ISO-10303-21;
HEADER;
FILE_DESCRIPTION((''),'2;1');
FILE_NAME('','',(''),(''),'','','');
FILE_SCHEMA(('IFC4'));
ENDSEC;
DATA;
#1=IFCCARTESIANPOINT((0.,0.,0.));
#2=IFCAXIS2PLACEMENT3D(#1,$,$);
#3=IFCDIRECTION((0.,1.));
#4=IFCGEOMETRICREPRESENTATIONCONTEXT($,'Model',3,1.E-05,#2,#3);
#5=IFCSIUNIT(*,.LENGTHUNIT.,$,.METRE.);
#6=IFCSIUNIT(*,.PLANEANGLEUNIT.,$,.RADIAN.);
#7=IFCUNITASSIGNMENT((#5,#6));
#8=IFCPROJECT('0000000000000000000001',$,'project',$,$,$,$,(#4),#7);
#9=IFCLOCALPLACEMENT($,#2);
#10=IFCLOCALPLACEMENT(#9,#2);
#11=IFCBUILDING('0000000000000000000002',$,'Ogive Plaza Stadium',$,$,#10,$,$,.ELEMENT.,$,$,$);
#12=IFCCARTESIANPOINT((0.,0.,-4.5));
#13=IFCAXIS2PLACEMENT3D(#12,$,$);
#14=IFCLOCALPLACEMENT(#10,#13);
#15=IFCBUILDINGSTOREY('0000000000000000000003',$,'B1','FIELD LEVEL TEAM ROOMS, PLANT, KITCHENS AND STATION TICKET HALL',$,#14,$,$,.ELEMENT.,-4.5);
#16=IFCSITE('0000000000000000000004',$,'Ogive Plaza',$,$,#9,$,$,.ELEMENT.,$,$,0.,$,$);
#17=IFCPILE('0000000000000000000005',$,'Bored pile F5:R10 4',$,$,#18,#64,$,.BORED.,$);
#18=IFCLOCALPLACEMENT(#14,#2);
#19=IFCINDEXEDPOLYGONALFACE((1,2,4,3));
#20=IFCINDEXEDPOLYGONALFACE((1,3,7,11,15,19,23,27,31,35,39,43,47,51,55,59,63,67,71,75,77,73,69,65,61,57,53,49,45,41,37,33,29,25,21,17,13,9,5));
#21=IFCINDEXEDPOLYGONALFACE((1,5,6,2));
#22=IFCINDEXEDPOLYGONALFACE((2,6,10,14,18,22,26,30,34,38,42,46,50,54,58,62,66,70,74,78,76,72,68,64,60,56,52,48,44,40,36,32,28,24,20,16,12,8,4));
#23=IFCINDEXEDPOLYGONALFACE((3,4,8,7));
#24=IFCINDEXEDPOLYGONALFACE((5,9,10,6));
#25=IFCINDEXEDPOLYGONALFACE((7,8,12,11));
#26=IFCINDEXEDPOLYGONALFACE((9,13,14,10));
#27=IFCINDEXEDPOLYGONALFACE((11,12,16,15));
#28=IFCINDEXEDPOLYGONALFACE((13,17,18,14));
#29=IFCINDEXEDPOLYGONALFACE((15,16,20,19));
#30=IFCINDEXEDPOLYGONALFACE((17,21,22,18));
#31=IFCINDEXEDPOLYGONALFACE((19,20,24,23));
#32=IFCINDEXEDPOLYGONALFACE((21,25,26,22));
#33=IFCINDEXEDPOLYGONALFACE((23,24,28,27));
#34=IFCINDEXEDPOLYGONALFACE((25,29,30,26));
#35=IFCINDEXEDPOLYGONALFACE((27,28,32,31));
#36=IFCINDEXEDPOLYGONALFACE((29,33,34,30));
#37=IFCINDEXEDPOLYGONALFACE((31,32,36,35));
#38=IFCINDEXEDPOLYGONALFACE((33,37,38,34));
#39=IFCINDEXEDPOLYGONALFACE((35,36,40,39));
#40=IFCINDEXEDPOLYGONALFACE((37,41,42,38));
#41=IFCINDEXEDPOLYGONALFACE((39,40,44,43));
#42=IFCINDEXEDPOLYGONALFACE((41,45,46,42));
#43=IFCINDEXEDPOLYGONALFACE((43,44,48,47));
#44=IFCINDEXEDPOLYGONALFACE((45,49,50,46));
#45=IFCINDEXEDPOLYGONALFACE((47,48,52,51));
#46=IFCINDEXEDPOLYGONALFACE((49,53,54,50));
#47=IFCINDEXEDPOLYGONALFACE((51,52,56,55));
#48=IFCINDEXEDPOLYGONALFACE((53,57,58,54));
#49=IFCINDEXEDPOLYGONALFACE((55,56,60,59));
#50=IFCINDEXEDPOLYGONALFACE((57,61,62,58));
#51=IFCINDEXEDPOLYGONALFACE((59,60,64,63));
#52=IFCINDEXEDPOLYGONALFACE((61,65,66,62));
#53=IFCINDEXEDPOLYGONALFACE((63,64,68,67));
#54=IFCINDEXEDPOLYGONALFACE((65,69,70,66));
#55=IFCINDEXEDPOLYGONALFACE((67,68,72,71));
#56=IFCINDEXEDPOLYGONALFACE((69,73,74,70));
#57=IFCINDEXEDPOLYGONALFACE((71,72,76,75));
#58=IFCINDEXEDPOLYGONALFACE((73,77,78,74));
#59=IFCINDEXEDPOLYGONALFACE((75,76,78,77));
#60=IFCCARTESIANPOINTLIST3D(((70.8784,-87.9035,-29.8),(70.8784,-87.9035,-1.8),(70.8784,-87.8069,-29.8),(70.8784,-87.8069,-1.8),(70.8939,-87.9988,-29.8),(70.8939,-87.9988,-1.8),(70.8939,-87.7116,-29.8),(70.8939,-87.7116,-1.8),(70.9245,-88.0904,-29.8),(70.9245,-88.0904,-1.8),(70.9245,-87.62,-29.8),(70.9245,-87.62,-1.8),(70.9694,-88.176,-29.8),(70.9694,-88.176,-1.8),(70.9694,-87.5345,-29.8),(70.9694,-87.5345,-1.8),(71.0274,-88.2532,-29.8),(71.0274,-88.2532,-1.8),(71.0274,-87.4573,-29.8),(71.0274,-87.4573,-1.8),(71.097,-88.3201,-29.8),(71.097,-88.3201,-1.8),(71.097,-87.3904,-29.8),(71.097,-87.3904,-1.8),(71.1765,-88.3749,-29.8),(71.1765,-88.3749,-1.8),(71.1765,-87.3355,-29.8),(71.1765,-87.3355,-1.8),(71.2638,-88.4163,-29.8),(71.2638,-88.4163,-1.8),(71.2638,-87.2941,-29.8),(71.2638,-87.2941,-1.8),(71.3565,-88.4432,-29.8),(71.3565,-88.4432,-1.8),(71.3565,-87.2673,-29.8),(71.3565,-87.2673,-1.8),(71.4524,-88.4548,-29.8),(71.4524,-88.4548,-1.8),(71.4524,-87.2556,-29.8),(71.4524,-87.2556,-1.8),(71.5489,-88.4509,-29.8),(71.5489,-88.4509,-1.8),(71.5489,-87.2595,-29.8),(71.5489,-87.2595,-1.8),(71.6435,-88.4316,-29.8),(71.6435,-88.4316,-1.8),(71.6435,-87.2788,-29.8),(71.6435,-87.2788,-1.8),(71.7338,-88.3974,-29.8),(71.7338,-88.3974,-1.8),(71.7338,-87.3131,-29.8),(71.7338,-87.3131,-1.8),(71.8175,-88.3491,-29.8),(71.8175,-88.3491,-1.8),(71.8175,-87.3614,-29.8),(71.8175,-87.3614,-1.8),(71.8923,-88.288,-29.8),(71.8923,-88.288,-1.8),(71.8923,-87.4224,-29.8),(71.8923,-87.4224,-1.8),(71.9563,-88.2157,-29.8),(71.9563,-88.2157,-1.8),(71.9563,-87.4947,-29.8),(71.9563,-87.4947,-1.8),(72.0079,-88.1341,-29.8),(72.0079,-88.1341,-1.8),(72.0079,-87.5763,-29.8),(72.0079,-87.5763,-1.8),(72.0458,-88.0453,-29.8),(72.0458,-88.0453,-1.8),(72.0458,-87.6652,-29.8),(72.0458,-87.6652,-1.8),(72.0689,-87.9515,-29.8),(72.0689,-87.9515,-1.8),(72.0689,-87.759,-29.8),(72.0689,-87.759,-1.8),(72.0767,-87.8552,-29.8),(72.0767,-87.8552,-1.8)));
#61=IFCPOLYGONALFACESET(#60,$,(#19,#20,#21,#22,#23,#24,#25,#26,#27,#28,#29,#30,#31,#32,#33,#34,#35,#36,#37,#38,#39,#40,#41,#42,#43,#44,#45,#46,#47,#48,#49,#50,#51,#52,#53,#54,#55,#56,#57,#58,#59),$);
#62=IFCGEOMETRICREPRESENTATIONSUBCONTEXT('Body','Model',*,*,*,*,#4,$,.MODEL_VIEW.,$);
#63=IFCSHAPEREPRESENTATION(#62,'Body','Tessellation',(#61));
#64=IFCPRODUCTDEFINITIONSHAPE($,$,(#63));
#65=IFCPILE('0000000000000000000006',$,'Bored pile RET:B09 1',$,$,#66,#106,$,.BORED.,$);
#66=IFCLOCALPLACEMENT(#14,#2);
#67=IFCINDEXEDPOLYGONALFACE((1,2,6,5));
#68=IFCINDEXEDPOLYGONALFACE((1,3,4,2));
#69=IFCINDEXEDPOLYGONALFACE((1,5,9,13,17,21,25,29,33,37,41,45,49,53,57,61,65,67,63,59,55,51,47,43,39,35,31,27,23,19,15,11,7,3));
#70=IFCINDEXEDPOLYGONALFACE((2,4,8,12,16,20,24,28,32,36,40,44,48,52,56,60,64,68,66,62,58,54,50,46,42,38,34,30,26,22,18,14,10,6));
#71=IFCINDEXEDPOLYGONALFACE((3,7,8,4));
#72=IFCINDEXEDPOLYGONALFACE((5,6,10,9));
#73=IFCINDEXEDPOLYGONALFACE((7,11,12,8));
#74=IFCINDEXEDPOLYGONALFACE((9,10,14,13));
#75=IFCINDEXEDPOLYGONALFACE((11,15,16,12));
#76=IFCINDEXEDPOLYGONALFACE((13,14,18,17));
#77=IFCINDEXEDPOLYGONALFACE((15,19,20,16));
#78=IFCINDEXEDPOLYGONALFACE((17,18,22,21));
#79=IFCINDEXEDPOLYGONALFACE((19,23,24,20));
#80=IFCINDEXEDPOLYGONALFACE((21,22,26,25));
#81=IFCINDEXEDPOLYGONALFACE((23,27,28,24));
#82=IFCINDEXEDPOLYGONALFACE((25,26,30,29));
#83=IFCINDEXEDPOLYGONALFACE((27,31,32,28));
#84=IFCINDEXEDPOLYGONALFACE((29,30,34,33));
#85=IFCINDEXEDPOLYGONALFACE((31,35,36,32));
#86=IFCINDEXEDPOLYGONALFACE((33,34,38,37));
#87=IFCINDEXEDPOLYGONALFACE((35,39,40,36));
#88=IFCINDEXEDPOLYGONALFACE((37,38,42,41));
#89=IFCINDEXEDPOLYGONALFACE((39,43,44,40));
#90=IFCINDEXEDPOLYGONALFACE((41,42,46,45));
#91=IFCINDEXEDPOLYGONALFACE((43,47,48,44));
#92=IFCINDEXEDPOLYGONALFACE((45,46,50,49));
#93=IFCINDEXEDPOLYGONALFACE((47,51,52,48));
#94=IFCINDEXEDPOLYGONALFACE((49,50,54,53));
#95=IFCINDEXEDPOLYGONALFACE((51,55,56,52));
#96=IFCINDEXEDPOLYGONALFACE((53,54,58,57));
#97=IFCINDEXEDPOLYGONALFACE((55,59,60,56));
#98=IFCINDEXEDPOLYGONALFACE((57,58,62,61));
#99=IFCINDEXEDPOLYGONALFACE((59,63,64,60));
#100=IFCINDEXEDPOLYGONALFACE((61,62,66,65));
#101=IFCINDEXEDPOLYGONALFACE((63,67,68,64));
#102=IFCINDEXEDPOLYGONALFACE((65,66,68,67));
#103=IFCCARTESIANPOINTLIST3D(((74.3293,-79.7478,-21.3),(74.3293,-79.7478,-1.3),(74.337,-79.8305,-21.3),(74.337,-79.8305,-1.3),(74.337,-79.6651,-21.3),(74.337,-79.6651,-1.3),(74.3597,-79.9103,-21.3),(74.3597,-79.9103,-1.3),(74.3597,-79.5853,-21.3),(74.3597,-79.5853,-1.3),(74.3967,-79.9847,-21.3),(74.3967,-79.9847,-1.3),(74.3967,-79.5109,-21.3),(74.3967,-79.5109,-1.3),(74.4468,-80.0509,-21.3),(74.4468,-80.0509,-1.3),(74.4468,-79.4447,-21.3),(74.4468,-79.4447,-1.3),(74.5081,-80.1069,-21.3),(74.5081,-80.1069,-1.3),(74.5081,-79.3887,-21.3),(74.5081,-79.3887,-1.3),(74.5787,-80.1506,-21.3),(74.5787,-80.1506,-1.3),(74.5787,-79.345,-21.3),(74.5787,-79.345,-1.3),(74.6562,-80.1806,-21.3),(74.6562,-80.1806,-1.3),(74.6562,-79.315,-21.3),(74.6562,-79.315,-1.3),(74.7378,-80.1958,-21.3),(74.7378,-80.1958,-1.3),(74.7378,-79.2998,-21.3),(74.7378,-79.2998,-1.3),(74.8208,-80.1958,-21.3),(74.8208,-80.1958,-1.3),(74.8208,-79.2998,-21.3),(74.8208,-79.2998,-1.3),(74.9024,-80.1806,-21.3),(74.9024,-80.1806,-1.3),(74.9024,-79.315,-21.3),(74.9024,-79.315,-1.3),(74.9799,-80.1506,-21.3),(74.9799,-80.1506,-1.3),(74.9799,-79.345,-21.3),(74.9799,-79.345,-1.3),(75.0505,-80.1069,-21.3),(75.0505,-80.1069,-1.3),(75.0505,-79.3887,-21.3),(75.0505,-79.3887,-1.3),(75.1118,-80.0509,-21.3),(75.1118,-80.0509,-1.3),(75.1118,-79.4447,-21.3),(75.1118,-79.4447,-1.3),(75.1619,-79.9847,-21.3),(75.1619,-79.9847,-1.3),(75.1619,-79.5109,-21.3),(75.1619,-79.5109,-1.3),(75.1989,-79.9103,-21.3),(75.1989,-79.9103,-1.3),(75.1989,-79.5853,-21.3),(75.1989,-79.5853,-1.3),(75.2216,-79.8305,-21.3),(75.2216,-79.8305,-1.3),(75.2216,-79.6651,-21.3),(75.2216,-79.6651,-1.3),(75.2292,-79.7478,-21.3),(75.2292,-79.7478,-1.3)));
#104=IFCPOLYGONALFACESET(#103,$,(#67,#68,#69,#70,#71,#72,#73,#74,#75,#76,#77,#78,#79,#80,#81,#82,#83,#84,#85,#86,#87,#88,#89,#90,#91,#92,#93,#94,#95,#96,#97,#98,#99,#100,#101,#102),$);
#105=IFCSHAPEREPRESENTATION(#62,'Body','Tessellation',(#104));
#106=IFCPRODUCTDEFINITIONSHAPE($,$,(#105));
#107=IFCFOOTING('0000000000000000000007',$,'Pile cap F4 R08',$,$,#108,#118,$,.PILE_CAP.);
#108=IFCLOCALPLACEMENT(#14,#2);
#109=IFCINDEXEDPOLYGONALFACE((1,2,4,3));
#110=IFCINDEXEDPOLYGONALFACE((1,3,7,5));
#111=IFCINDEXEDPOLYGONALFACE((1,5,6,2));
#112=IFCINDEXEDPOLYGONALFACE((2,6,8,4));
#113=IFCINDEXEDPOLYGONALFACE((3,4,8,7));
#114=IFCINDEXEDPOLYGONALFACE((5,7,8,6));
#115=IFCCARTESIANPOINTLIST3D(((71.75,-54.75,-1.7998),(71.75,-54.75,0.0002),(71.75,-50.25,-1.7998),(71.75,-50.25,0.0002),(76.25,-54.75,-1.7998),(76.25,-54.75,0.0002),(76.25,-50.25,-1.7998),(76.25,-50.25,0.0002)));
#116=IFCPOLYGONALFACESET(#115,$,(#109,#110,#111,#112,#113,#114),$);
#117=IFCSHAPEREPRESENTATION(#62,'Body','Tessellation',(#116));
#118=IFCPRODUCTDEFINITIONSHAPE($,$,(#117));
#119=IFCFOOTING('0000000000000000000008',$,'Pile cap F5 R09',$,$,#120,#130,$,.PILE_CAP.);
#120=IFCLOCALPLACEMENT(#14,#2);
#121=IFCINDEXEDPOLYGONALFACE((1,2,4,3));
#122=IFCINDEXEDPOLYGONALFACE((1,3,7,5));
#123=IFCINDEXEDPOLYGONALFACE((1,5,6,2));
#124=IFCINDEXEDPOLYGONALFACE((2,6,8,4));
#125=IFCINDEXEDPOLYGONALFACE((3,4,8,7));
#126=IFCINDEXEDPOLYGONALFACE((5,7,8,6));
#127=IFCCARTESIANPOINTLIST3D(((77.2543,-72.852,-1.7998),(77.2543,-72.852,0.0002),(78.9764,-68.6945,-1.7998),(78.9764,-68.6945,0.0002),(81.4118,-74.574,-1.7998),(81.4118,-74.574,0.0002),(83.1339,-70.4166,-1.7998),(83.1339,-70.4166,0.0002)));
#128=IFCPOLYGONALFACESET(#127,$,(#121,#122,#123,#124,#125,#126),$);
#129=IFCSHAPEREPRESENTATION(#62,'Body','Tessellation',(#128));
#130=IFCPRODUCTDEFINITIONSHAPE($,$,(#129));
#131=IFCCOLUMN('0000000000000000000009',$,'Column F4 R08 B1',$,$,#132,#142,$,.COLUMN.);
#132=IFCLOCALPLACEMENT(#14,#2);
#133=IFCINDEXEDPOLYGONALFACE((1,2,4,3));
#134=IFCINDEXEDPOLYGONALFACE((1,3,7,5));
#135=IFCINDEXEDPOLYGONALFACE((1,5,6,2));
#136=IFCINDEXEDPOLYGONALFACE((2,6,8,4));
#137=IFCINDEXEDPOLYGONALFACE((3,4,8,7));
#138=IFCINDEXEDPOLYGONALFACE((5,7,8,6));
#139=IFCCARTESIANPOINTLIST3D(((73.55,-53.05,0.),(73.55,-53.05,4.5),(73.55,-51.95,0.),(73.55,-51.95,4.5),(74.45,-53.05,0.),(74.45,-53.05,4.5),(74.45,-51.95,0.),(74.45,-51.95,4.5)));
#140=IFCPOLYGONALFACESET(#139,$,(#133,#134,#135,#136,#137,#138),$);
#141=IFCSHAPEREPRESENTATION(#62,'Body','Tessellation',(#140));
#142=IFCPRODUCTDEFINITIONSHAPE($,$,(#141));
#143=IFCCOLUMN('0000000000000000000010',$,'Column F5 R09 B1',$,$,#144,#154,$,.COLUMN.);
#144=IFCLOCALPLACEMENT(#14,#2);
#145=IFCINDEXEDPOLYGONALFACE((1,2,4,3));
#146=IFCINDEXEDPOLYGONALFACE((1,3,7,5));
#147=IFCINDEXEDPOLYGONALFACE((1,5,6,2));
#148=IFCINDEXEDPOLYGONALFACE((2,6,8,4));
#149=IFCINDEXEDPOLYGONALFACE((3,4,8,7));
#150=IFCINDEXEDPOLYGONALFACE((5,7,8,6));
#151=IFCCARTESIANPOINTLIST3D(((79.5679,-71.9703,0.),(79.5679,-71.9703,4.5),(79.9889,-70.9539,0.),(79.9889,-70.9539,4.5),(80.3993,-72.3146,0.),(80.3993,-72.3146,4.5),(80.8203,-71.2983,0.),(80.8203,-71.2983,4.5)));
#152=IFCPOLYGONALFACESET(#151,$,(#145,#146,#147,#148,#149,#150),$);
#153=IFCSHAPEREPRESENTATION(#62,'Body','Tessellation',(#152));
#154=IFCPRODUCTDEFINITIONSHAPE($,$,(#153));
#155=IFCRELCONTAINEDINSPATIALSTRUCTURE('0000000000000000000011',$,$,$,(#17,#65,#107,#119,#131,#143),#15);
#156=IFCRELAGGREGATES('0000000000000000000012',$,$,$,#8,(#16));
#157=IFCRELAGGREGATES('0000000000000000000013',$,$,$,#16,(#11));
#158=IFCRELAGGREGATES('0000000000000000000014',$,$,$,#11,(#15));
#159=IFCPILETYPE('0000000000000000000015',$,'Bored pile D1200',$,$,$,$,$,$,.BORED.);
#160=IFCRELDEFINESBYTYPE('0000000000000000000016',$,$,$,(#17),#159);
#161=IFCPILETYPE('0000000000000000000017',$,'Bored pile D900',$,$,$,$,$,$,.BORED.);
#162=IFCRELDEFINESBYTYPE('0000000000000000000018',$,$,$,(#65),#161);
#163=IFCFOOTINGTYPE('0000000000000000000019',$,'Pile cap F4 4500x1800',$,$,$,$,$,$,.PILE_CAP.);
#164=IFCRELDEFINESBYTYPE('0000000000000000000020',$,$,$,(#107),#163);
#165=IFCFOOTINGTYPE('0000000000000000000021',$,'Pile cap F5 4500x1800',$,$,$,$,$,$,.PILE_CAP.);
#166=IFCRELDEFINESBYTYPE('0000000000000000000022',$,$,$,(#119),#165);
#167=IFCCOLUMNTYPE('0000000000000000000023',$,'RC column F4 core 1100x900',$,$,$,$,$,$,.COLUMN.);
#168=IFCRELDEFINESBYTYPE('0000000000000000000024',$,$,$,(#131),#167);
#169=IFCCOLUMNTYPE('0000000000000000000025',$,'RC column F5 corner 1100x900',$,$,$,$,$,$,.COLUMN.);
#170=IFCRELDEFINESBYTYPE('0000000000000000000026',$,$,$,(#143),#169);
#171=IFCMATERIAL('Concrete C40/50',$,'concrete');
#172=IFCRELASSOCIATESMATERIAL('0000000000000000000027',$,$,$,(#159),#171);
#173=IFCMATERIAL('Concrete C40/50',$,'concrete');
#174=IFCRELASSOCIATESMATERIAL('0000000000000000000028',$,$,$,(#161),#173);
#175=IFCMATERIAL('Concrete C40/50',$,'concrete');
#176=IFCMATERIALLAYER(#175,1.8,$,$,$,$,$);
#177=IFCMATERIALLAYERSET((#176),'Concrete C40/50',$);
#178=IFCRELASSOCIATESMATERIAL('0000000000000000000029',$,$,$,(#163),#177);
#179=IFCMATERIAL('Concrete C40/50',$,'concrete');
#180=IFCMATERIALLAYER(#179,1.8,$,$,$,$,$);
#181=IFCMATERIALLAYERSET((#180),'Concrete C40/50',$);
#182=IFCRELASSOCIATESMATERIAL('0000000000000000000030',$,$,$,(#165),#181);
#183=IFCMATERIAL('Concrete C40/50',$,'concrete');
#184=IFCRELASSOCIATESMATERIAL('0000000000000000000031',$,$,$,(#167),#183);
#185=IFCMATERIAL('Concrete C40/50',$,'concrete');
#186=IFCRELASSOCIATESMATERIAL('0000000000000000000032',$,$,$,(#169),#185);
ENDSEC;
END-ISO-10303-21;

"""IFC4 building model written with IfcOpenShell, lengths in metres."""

from ifc_helpers import new_model, si_unit, direction, frame, origin, origin_2d, place, context, subcontext, project, spatial, rectangle, circle, extrude, material, layer, layer_set, material_profile, profile_set, type_object, element, save


model = new_model("IFC4")

# Units and contexts
model_context = context("Model", 3, precision=1e-05, world=origin(), true_north=direction((0.0, 1.0)))
body_context = subcontext(model_context, "Body", "Model", "MODEL_VIEW")
ifc_project = project(units=[si_unit("LENGTHUNIT", "METRE"), si_unit("PLANEANGLEUNIT", "RADIAN")], contexts=[model_context])

# Site, building, storey
site_placement = place(None, origin())
site = spatial("IfcSite", under=ifc_project, at=site_placement, Name="Ogive Plaza", CompositionType="ELEMENT", RefElevation=0.0)
building_placement = place(site_placement, origin())
building = spatial("IfcBuilding", under=site, at=building_placement, Name="Ogive Plaza Stadium", CompositionType="ELEMENT")
storey_placement = place(building_placement, frame((0.0, 0.0, -4.5)))
storey = spatial("IfcBuildingStorey", under=building, at=storey_placement, Name="B1", Description="FIELD LEVEL TEAM ROOMS, PLANT, KITCHENS AND STATION TICKET HALL", CompositionType="ELEMENT", Elevation=-4.5)

# Piles
ifc_material_1 = material(Name="Concrete C40/50", Category="concrete")
ifc_material_profile_1 = material_profile(ifc_material_1, circle(Radius=0.6001, at=origin_2d()), Name="RC D1200")
ifc_profile_set_1 = profile_set([ifc_material_profile_1], Name="Concrete C40/50")
pile_type_1 = type_object("IfcPileType", Name="Bored pile D1200", PredefinedType="BORED", material=ifc_profile_set_1)
for number, where, z_axis, x_axis, name in (
    (1, (71.4766, -87.8552, -1.8), (0.0, 0.0, -1.0), (1.0, 0.0, 0.0), "Bored pile F5:R10 4"),
):
    element("IfcPile", number, at=place(storey_placement, frame(where, z_axis=z_axis, x_axis=x_axis)), inside=storey, type_object=pile_type_1, Name=name, PredefinedType="BORED", context=body_context, shape_type="SweptSolid", body=[
        extrude(circle(Radius=0.6001, at=origin_2d()), origin(), (0.0, 0.0, 1.0), 28.0),
    ])
ifc_material_2 = material(Name="Concrete C40/50", Category="concrete")
ifc_material_profile_2 = material_profile(ifc_material_2, circle(Radius=0.45, at=origin_2d()), Name="RC D900")
ifc_profile_set_2 = profile_set([ifc_material_profile_2], Name="Concrete C40/50")
pile_type_2 = type_object("IfcPileType", Name="Bored pile D900", PredefinedType="BORED", material=ifc_profile_set_2)
pile_placement = place(storey_placement, frame((74.7793, -79.7478, -1.3), z_axis=(0.0, 0.0, -1.0), x_axis=(1.0, 0.0, 0.0)))
element("IfcPile", 2, at=pile_placement, inside=storey, type_object=pile_type_2, Name="Bored pile RET:B09 1", PredefinedType="BORED", context=body_context, shape_type="SweptSolid", body=[
    extrude(circle(Radius=0.45, at=origin_2d()), origin(), (0.0, 0.0, 1.0), 20.0),
])

# Footings
ifc_material_3 = material(Name="Concrete C40/50", Category="concrete")
ifc_layer_1 = layer(ifc_material_3, 1.8)
ifc_layer_set_1 = layer_set([ifc_layer_1], Name="Concrete C40/50")
footing_type_1 = type_object("IfcFootingType", Name="Pile cap F4 4500x1800", PredefinedType="PILE_CAP", material=ifc_layer_set_1)
footing_1_placement = place(storey_placement, frame((74.0, -52.5, -1.7998), z_axis=(0.0, 0.0, 1.0), x_axis=(1.0, 0.0, 0.0)))
element("IfcFooting", 3, at=footing_1_placement, inside=storey, type_object=footing_type_1, Name="Pile cap F4 R08", PredefinedType="PILE_CAP", context=body_context, shape_type="SweptSolid", body=[
    extrude(rectangle(XDim=4.5, YDim=4.5, at=origin_2d()), origin(), (0.0, 0.0, 1.0), 1.8),
])
ifc_material_4 = material(Name="Concrete C40/50", Category="concrete")
ifc_layer_2 = layer(ifc_material_4, 1.8)
ifc_layer_set_2 = layer_set([ifc_layer_2], Name="Concrete C40/50")
footing_type_2 = type_object("IfcFootingType", Name="Pile cap F5 4500x1800", PredefinedType="PILE_CAP", material=ifc_layer_set_2)
footing_2_placement = place(storey_placement, frame((80.1941, -71.6343, -1.7998), z_axis=(0.0, 0.0, 1.0), x_axis=(0.92388, -0.382683, 0.0)))
element("IfcFooting", 4, at=footing_2_placement, inside=storey, type_object=footing_type_2, Name="Pile cap F5 R09", PredefinedType="PILE_CAP", context=body_context, shape_type="SweptSolid", body=[
    extrude(rectangle(XDim=4.5, YDim=4.5, at=origin_2d()), origin(), (0.0, 0.0, 1.0), 1.8),
])

# Columns
ifc_material_5 = material(Name="Concrete C40/50", Category="concrete")
ifc_material_profile_3 = material_profile(ifc_material_5, rectangle(XDim=1.1001, YDim=0.8999, at=origin_2d()), Name="RC 1100x900")
ifc_profile_set_3 = profile_set([ifc_material_profile_3], Name="Concrete C40/50")
column_type_1 = type_object("IfcColumnType", Name="RC column F4 core 1100x900", PredefinedType="COLUMN", material=ifc_profile_set_3)
column_1_placement = place(storey_placement, frame((74.0, -52.5, 0.0), z_axis=(0.0, 0.0, 1.0), x_axis=(0.0, 1.0, 0.0)))
element("IfcColumn", 5, at=column_1_placement, inside=storey, type_object=column_type_1, Name="Column F4 R08 B1", PredefinedType="COLUMN", context=body_context, shape_type="SweptSolid", body=[
    extrude(rectangle(XDim=1.1001, YDim=0.8999, at=origin_2d()), origin(), (0.0, 0.0, 1.0), 4.5),
])
ifc_material_6 = material(Name="Concrete C40/50", Category="concrete")
ifc_material_profile_4 = material_profile(ifc_material_6, rectangle(XDim=1.1001, YDim=0.8999, at=origin_2d()), Name="RC 1100x900")
ifc_profile_set_4 = profile_set([ifc_material_profile_4], Name="Concrete C40/50")
column_type_2 = type_object("IfcColumnType", Name="RC column F5 corner 1100x900", PredefinedType="COLUMN", material=ifc_profile_set_4)
column_2_placement = place(storey_placement, frame((80.1941, -71.6343, 0.0), z_axis=(0.0, 0.0, 1.0), x_axis=(0.382683, 0.92388, 0.0)))
element("IfcColumn", 6, at=column_2_placement, inside=storey, type_object=column_type_2, Name="Column F5 R09 B1", PredefinedType="COLUMN", context=body_context, shape_type="SweptSolid", body=[
    extrude(rectangle(XDim=1.1001, YDim=0.8999, at=origin_2d()), origin(), (0.0, 0.0, 1.0), 4.5),
])

save(model, "model.ifc")
